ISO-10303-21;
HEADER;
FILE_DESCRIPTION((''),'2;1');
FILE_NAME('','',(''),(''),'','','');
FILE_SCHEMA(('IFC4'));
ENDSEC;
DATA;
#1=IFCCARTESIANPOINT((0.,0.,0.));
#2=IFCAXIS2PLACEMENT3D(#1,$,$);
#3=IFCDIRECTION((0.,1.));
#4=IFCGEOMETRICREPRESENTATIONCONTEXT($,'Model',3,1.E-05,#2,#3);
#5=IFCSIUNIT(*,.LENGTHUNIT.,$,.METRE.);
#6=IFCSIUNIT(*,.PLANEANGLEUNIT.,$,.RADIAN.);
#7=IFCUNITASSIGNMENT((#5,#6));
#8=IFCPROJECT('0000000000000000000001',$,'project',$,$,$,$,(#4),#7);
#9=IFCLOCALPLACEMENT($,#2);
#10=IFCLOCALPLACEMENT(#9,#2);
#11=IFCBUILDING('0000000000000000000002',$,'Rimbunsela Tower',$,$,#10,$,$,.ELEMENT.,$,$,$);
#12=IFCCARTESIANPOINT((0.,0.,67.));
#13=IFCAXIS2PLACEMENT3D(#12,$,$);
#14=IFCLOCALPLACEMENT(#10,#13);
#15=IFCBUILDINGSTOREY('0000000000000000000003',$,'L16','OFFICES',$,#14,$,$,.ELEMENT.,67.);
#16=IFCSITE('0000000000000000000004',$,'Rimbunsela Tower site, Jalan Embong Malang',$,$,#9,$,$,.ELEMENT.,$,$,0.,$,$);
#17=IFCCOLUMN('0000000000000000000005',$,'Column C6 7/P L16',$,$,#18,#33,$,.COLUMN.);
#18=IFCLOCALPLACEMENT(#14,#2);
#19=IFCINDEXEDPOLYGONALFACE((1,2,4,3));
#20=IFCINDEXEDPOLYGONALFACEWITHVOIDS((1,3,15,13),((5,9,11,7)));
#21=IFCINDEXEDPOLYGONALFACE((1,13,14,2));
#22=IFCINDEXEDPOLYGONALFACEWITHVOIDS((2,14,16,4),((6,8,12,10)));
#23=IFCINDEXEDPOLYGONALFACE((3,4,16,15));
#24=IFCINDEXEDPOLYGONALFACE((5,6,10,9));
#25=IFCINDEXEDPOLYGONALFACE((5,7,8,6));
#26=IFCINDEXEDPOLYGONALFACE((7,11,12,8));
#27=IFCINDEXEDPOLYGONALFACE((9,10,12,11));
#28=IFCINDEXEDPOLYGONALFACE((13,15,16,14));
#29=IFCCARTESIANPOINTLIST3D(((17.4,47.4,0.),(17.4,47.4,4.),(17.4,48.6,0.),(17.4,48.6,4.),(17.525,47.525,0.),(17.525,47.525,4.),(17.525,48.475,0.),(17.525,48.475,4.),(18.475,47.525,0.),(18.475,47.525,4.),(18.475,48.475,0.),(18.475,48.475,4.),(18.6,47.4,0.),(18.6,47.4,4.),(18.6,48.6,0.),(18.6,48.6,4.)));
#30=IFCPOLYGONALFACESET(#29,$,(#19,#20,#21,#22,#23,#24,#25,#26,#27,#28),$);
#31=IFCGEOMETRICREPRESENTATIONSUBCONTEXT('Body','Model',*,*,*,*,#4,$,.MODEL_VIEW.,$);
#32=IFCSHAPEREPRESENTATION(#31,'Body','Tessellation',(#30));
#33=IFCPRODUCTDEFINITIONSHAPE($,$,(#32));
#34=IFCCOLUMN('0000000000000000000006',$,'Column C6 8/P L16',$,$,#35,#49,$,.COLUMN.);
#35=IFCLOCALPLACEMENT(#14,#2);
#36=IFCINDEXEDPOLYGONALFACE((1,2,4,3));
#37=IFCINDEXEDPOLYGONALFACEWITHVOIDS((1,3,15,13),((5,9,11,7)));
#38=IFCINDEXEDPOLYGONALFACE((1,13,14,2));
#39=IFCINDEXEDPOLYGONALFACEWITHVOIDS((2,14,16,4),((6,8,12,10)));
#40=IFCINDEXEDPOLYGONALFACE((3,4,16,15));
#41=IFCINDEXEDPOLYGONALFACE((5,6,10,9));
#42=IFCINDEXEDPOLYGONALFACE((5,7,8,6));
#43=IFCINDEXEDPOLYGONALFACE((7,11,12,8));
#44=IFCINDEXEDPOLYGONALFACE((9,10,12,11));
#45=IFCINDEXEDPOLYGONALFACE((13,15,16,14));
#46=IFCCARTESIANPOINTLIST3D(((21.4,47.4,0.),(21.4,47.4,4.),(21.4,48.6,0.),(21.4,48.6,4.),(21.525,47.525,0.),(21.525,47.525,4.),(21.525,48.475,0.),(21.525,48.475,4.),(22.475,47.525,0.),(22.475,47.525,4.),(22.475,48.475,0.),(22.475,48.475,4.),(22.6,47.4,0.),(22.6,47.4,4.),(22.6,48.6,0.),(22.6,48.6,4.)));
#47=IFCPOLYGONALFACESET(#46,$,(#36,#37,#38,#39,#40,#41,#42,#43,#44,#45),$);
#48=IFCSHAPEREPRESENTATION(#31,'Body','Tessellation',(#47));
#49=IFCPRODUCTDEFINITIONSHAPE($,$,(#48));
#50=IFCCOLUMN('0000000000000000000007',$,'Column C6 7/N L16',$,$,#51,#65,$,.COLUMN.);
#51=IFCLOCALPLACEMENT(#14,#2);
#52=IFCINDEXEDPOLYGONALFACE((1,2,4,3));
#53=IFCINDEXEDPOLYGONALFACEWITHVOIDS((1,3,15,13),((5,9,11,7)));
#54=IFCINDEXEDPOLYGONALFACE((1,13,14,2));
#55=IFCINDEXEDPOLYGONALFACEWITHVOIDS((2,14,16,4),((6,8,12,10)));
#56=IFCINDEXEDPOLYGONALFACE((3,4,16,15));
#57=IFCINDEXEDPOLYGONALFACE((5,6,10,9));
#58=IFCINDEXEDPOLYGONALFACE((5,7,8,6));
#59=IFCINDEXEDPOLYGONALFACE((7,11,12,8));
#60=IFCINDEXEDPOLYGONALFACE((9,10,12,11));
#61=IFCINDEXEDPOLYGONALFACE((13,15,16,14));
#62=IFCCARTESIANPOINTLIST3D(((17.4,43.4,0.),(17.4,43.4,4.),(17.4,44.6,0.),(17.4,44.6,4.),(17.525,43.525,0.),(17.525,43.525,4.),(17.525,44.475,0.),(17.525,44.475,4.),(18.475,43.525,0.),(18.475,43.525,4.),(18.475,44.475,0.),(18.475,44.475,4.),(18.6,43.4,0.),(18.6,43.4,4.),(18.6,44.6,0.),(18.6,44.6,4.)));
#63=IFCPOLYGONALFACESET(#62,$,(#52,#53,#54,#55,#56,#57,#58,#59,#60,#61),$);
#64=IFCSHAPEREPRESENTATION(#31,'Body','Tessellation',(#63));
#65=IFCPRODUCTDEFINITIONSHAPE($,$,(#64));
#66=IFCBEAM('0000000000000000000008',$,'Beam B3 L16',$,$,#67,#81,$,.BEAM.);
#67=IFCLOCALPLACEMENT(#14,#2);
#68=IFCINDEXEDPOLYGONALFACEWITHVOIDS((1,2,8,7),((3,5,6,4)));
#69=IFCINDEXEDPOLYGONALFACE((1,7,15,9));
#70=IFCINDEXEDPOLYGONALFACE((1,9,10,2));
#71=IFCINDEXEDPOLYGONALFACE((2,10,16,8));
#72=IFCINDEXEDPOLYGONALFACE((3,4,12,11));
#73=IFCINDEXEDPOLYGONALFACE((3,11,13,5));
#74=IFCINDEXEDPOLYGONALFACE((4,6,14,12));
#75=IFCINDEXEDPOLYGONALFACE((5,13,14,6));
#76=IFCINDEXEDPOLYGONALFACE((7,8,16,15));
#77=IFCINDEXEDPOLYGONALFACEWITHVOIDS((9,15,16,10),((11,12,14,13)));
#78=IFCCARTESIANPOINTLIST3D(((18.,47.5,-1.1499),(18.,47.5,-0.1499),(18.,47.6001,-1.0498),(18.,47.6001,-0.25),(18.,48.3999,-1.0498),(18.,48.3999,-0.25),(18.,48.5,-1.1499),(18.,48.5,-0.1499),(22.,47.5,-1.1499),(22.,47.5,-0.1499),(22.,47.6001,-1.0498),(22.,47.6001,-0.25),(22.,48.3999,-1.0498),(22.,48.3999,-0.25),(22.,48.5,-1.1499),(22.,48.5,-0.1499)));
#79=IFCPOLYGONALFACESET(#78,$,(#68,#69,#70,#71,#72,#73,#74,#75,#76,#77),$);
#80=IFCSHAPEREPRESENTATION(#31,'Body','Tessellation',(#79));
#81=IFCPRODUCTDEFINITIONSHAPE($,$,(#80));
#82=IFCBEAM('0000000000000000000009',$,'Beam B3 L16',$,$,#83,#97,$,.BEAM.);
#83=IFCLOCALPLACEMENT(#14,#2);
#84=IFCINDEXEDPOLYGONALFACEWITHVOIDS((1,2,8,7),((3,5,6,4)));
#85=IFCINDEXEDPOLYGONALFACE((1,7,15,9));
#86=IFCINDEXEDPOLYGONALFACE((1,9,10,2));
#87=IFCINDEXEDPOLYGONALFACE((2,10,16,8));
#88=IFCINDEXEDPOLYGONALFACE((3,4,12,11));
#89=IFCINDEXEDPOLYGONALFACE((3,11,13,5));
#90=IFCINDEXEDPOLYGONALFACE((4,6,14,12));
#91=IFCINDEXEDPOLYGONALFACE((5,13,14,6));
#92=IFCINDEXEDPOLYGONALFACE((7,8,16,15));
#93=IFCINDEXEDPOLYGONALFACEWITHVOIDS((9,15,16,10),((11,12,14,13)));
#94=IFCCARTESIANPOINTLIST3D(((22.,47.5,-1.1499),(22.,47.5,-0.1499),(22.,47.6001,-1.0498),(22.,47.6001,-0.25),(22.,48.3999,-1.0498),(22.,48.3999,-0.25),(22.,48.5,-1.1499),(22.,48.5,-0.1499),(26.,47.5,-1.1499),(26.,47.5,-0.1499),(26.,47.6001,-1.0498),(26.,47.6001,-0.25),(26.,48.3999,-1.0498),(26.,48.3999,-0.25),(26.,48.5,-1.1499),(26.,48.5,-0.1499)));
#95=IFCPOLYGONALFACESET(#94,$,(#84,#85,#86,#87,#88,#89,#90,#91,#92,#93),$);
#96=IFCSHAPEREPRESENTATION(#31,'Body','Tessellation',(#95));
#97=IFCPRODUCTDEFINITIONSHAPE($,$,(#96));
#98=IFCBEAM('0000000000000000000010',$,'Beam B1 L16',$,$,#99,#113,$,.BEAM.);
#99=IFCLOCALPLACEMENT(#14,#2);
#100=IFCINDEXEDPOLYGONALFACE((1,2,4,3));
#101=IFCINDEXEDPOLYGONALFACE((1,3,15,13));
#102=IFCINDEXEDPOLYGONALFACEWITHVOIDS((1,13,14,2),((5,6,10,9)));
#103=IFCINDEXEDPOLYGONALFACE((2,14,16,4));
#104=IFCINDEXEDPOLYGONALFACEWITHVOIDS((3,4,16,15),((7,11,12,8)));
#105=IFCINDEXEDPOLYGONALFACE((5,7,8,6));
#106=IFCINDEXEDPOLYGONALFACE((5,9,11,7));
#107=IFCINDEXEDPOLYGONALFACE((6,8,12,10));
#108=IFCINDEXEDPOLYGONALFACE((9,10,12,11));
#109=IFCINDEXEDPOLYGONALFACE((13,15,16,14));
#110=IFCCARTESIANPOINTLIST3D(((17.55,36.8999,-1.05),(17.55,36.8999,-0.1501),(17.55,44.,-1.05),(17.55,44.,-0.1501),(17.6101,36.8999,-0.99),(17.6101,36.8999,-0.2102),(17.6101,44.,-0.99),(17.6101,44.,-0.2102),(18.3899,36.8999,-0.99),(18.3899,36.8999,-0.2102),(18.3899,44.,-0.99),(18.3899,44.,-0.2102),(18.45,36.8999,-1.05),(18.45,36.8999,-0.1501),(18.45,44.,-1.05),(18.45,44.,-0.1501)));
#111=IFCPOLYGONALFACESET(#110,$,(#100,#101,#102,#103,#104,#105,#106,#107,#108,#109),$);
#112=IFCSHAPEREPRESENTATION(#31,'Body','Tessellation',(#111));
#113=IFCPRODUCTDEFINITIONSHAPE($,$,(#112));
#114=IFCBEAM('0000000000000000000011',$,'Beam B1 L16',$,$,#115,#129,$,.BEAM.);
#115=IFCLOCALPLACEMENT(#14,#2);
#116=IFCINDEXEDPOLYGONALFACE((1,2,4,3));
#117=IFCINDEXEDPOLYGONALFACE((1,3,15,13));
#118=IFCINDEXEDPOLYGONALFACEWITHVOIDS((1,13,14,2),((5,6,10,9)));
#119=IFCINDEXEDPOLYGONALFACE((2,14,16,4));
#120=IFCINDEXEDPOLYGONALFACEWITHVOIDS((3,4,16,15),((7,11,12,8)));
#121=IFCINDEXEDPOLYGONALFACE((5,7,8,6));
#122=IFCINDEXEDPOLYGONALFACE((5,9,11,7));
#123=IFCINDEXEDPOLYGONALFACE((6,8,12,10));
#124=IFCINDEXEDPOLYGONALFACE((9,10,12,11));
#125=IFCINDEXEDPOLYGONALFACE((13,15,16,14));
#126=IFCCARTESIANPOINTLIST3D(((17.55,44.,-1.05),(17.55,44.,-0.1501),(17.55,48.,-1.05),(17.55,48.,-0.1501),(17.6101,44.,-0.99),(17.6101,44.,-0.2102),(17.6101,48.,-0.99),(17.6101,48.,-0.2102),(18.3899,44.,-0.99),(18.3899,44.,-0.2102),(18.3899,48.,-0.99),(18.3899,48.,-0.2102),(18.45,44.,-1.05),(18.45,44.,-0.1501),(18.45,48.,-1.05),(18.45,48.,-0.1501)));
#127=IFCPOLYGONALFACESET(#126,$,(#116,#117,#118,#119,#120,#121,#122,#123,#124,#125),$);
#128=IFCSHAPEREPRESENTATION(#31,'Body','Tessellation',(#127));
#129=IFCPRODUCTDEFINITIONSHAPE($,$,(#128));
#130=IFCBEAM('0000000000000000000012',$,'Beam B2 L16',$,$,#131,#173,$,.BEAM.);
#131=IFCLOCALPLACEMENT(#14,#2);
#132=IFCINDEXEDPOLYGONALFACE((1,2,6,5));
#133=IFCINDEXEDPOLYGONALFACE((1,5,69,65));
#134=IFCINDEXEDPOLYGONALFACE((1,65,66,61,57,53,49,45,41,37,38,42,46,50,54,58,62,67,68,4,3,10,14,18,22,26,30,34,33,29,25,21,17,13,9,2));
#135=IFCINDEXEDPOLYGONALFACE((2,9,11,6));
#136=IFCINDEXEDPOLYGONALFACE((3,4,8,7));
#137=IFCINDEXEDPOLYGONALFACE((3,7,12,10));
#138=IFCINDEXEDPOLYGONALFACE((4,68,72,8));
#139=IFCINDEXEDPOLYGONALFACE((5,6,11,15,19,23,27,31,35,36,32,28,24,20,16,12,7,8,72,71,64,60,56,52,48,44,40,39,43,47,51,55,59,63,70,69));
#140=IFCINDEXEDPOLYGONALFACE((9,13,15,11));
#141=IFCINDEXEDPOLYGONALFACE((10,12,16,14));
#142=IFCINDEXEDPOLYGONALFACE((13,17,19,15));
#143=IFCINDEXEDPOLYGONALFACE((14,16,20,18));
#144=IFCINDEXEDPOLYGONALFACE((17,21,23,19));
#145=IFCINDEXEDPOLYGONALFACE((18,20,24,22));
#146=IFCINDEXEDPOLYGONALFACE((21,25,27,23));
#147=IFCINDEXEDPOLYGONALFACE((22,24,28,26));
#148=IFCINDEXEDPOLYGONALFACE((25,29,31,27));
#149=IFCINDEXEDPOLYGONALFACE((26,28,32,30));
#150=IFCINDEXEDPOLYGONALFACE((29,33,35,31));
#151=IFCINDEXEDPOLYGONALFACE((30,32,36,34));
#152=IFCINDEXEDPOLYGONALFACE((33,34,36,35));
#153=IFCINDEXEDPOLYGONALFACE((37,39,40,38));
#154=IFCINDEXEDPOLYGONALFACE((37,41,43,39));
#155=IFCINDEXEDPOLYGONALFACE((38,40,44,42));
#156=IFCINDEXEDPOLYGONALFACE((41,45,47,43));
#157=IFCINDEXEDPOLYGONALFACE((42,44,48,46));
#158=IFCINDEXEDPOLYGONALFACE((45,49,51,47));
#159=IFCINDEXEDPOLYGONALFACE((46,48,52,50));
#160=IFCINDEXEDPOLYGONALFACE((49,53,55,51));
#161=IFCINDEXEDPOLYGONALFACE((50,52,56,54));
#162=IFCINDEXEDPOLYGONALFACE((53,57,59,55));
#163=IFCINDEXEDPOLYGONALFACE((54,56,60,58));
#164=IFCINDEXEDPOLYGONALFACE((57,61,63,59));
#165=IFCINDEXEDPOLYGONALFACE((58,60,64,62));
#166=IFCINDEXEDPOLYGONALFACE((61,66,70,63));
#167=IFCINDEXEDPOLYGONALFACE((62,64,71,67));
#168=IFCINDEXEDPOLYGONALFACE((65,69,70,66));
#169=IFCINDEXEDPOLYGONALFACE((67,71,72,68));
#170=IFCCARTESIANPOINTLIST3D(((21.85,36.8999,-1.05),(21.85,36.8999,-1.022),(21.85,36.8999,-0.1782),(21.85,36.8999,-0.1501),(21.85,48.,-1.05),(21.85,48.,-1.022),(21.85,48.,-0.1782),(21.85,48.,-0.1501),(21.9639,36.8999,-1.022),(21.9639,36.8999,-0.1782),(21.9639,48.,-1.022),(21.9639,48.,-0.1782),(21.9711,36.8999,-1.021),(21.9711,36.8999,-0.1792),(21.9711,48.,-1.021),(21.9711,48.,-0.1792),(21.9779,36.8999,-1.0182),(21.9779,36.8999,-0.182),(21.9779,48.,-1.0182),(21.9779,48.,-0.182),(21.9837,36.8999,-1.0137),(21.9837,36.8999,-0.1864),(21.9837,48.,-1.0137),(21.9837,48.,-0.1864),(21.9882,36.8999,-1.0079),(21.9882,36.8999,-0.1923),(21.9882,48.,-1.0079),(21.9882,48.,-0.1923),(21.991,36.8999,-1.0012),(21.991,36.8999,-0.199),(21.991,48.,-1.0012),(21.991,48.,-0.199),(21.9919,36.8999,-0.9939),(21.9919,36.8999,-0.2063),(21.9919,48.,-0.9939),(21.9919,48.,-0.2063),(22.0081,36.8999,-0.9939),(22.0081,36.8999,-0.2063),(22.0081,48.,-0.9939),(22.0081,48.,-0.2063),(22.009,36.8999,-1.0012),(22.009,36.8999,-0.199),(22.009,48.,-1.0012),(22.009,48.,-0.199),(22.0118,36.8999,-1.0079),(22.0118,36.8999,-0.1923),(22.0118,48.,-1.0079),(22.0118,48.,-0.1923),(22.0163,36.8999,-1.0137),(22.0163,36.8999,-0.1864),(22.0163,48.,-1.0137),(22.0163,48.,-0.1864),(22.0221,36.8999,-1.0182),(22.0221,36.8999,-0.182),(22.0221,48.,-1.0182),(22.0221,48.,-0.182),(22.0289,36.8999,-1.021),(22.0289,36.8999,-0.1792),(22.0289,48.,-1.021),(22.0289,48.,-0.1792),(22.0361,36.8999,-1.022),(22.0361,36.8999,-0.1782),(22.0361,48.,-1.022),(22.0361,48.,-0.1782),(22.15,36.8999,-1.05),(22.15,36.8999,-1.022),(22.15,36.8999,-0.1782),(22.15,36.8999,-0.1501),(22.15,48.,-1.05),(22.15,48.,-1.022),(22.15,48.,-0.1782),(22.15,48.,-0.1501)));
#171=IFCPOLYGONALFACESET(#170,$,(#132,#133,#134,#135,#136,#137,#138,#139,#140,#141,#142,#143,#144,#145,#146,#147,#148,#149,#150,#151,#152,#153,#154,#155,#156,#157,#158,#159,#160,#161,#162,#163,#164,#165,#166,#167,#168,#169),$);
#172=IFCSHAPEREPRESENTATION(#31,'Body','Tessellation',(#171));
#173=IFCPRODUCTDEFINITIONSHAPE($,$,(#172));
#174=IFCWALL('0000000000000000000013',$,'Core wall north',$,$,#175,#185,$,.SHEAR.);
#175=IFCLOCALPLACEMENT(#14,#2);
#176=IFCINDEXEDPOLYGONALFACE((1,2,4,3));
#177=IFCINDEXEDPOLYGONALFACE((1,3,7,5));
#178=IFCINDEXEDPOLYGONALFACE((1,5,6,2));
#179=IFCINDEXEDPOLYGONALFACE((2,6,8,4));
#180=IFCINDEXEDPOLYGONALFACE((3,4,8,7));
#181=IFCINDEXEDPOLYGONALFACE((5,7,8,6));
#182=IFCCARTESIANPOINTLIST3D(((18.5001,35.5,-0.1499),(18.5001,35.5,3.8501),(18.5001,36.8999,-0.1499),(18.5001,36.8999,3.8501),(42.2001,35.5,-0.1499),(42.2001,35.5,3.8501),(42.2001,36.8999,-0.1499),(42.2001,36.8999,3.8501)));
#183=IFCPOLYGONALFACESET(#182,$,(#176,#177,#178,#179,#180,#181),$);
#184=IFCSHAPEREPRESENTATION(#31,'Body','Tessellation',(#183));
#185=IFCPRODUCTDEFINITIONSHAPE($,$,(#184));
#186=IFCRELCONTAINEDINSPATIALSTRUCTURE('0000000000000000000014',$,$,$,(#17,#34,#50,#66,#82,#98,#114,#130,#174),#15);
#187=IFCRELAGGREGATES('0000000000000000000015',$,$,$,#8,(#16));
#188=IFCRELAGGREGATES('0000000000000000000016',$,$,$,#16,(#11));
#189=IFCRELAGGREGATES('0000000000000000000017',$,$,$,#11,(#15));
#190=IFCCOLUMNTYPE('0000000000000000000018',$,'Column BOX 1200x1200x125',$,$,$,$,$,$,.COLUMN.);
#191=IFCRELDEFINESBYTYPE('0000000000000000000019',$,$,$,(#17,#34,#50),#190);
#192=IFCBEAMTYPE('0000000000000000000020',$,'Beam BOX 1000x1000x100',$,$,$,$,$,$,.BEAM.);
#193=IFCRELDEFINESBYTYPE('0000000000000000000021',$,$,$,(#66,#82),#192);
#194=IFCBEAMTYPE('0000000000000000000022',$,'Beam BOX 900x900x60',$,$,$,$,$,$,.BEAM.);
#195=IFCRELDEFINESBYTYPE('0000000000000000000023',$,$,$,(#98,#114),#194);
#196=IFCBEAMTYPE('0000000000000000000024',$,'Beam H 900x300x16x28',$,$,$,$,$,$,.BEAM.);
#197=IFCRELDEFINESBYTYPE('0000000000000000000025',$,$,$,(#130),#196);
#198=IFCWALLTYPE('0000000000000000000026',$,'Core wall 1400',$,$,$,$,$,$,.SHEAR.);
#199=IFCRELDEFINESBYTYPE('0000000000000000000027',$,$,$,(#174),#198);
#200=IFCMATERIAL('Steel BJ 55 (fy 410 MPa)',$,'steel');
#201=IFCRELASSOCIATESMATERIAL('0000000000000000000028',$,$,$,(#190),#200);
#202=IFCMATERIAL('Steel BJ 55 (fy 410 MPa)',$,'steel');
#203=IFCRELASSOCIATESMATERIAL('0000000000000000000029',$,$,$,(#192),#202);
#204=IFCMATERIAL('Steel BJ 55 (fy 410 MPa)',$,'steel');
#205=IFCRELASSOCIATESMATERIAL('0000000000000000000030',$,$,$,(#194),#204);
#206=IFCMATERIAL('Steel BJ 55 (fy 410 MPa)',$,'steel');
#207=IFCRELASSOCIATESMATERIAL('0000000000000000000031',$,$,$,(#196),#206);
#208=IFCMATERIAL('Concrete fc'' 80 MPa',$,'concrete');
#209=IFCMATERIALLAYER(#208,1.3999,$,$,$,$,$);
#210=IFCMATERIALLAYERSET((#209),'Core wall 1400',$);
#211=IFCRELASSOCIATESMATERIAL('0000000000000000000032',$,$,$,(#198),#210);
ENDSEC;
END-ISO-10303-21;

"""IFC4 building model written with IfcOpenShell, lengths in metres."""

from ifc_helpers import new_model, si_unit, direction, frame, frame_2d, origin, origin_2d, place, context, subcontext, project, spatial, rectangle, hollow_rectangle, i_section, extrude, material, layer, layer_set, material_profile, profile_set, type_object, element, save


model = new_model("IFC4")

# Units and contexts
model_context = context("Model", 3, precision=1e-05, world=origin(), true_north=direction((0.0, 1.0)))
body_context = subcontext(model_context, "Body", "Model", "MODEL_VIEW")
ifc_project = project(units=[si_unit("LENGTHUNIT", "METRE"), si_unit("PLANEANGLEUNIT", "RADIAN")], contexts=[model_context])

# Site, building, storey
site_placement = place(None, origin())
site = spatial("IfcSite", under=ifc_project, at=site_placement, Name="Rimbunsela Tower site, Jalan Embong Malang", CompositionType="ELEMENT", RefElevation=0.0)
building_placement = place(site_placement, origin())
building = spatial("IfcBuilding", under=site, at=building_placement, Name="Rimbunsela Tower", CompositionType="ELEMENT")
storey_placement = place(building_placement, frame((0.0, 0.0, 67.0)))
storey = spatial("IfcBuildingStorey", under=building, at=storey_placement, Name="L16", Description="OFFICES", CompositionType="ELEMENT", Elevation=67.0)

# Columns
ifc_material_1 = material(Name="Steel BJ 55 (fy 410 MPa)", Category="steel")
ifc_material_profile_1 = material_profile(ifc_material_1, hollow_rectangle(XDim=1.2, YDim=1.2, WallThickness=0.125, at=origin_2d()), Name="BOX 1200x1200x125")
ifc_profile_set_1 = profile_set([ifc_material_profile_1], Name="Steel BJ 55 (fy 410 MPa)")
column_type = type_object("IfcColumnType", Name="Column BOX 1200x1200x125", PredefinedType="COLUMN", material=ifc_profile_set_1)
for number, where, z_axis, x_axis, name in (
    (1, (18.0, 48.0, 0.0), (0.0, 0.0, 1.0), (1.0, 0.0, 0.0), "Column C6 7/P L16"),
    (2, (22.0, 48.0, 0.0), (0.0, 0.0, 1.0), (1.0, 0.0, 0.0), "Column C6 8/P L16"),
    (3, (18.0, 44.0, 0.0), (0.0, 0.0, 1.0), (1.0, 0.0, 0.0), "Column C6 7/N L16"),
):
    element("IfcColumn", number, at=place(storey_placement, frame(where, z_axis=z_axis, x_axis=x_axis)), inside=storey, type_object=column_type, Name=name, PredefinedType="COLUMN", context=body_context, shape_type="SweptSolid", body=[
        extrude(hollow_rectangle(XDim=1.2, YDim=1.2, WallThickness=0.125, at=origin_2d()), origin(), (0.0, 0.0, 1.0), 4.0),
    ])

# Beams
ifc_material_2 = material(Name="Steel BJ 55 (fy 410 MPa)", Category="steel")
ifc_material_profile_2 = material_profile(ifc_material_2, hollow_rectangle(XDim=1.0, YDim=1.0, WallThickness=0.1001, at=origin_2d()), Name="BOX 1000x1000x100")
ifc_profile_set_2 = profile_set([ifc_material_profile_2], Name="Steel BJ 55 (fy 410 MPa)")
beam_type_1 = type_object("IfcBeamType", Name="Beam BOX 1000x1000x100", PredefinedType="BEAM", material=ifc_profile_set_2)
for number, where, z_axis, x_axis, name in (
    (4, (18.0, 48.0, -0.6499), (1.0, 0.0, 0.0), (0.0, 1.0, 0.0), "Beam B3 L16"),
    (5, (22.0, 48.0, -0.6499), (1.0, 0.0, 0.0), (0.0, 1.0, 0.0), "Beam B3 L16"),
):
    element("IfcBeam", number, at=place(storey_placement, frame(where, z_axis=z_axis, x_axis=x_axis)), inside=storey, type_object=beam_type_1, Name=name, PredefinedType="BEAM", context=body_context, shape_type="SweptSolid", body=[
        extrude(hollow_rectangle(XDim=1.0, YDim=1.0, WallThickness=0.1001, at=origin_2d()), origin(), (0.0, 0.0, 1.0), 4.0),
    ])
ifc_material_3 = material(Name="Steel BJ 55 (fy 410 MPa)", Category="steel")
ifc_material_profile_3 = material_profile(ifc_material_3, hollow_rectangle(XDim=0.8999, YDim=0.8999, WallThickness=0.0601, at=origin_2d()), Name="BOX 900x900x60")
ifc_profile_set_3 = profile_set([ifc_material_profile_3], Name="Steel BJ 55 (fy 410 MPa)")
beam_type_2 = type_object("IfcBeamType", Name="Beam BOX 900x900x60", PredefinedType="BEAM", material=ifc_profile_set_3)
beam_1_placement = place(storey_placement, frame((18.0, 36.8999, -0.6001), z_axis=(0.0, 1.0, 0.0), x_axis=(-1.0, 0.0, 0.0)))
element("IfcBeam", 6, at=beam_1_placement, inside=storey, type_object=beam_type_2, Name="Beam B1 L16", PredefinedType="BEAM", context=body_context, shape_type="SweptSolid", body=[
    extrude(hollow_rectangle(XDim=0.8999, YDim=0.8999, WallThickness=0.0601, at=origin_2d()), origin(), (0.0, 0.0, 1.0), 7.1001),
])
beam_2_placement = place(storey_placement, frame((18.0, 44.0, -0.6001), z_axis=(0.0, 1.0, 0.0), x_axis=(-1.0, 0.0, 0.0)))
element("IfcBeam", 7, at=beam_2_placement, inside=storey, type_object=beam_type_2, Name="Beam B1 L16", PredefinedType="BEAM", context=body_context, shape_type="SweptSolid", body=[
    extrude(hollow_rectangle(XDim=0.8999, YDim=0.8999, WallThickness=0.0601, at=origin_2d()), origin(), (0.0, 0.0, 1.0), 4.0),
])
ifc_material_4 = material(Name="Steel BJ 55 (fy 410 MPa)", Category="steel")
ifc_material_profile_4 = material_profile(ifc_material_4, i_section(OverallWidth=0.3, OverallDepth=0.8999, WebThickness=0.0161, FlangeThickness=0.0281, FilletRadius=0.0281, at=origin_2d()), Name="H 900x300x16x28")
ifc_profile_set_4 = profile_set([ifc_material_profile_4], Name="Steel BJ 55 (fy 410 MPa)")
beam_type_3 = type_object("IfcBeamType", Name="Beam H 900x300x16x28", PredefinedType="BEAM", material=ifc_profile_set_4)
beam_3_placement = place(storey_placement, frame((22.0, 36.8999, -0.6001), z_axis=(0.0, 1.0, 0.0), x_axis=(-1.0, 0.0, 0.0)))
element("IfcBeam", 8, at=beam_3_placement, inside=storey, type_object=beam_type_3, Name="Beam B2 L16", PredefinedType="BEAM", context=body_context, shape_type="SweptSolid", body=[
    extrude(i_section(OverallWidth=0.3, OverallDepth=0.8999, WebThickness=0.0161, FlangeThickness=0.0281, FilletRadius=0.0281, at=origin_2d()), origin(), (0.0, 0.0, 1.0), 11.1001),
])

# Wall
ifc_material_5 = material(Name="Concrete fc' 80 MPa", Category="concrete")
ifc_layer_1 = layer(ifc_material_5, 1.3999)
ifc_layer_set_1 = layer_set([ifc_layer_1], Name="Core wall 1400")
wall_type_1 = type_object("IfcWallType", Name="Core wall 1400", PredefinedType="SHEAR", material=ifc_layer_set_1)
wall_1_placement = place(storey_placement, frame((18.5, 36.2, -0.1499), z_axis=(0.0, 0.0, 1.0), x_axis=(1.0, 0.0, 0.0)))
element("IfcWall", 9, at=wall_1_placement, inside=storey, type_object=wall_type_1, Name="Core wall north", PredefinedType="SHEAR", context=body_context, shape_type="SweptSolid", body=[
    extrude(rectangle(XDim=23.7, YDim=1.3999, at=frame_2d((11.8501, 0.0))), origin(), (0.0, 0.0, 1.0), 4.0),
])

save(model, "model.ifc")
